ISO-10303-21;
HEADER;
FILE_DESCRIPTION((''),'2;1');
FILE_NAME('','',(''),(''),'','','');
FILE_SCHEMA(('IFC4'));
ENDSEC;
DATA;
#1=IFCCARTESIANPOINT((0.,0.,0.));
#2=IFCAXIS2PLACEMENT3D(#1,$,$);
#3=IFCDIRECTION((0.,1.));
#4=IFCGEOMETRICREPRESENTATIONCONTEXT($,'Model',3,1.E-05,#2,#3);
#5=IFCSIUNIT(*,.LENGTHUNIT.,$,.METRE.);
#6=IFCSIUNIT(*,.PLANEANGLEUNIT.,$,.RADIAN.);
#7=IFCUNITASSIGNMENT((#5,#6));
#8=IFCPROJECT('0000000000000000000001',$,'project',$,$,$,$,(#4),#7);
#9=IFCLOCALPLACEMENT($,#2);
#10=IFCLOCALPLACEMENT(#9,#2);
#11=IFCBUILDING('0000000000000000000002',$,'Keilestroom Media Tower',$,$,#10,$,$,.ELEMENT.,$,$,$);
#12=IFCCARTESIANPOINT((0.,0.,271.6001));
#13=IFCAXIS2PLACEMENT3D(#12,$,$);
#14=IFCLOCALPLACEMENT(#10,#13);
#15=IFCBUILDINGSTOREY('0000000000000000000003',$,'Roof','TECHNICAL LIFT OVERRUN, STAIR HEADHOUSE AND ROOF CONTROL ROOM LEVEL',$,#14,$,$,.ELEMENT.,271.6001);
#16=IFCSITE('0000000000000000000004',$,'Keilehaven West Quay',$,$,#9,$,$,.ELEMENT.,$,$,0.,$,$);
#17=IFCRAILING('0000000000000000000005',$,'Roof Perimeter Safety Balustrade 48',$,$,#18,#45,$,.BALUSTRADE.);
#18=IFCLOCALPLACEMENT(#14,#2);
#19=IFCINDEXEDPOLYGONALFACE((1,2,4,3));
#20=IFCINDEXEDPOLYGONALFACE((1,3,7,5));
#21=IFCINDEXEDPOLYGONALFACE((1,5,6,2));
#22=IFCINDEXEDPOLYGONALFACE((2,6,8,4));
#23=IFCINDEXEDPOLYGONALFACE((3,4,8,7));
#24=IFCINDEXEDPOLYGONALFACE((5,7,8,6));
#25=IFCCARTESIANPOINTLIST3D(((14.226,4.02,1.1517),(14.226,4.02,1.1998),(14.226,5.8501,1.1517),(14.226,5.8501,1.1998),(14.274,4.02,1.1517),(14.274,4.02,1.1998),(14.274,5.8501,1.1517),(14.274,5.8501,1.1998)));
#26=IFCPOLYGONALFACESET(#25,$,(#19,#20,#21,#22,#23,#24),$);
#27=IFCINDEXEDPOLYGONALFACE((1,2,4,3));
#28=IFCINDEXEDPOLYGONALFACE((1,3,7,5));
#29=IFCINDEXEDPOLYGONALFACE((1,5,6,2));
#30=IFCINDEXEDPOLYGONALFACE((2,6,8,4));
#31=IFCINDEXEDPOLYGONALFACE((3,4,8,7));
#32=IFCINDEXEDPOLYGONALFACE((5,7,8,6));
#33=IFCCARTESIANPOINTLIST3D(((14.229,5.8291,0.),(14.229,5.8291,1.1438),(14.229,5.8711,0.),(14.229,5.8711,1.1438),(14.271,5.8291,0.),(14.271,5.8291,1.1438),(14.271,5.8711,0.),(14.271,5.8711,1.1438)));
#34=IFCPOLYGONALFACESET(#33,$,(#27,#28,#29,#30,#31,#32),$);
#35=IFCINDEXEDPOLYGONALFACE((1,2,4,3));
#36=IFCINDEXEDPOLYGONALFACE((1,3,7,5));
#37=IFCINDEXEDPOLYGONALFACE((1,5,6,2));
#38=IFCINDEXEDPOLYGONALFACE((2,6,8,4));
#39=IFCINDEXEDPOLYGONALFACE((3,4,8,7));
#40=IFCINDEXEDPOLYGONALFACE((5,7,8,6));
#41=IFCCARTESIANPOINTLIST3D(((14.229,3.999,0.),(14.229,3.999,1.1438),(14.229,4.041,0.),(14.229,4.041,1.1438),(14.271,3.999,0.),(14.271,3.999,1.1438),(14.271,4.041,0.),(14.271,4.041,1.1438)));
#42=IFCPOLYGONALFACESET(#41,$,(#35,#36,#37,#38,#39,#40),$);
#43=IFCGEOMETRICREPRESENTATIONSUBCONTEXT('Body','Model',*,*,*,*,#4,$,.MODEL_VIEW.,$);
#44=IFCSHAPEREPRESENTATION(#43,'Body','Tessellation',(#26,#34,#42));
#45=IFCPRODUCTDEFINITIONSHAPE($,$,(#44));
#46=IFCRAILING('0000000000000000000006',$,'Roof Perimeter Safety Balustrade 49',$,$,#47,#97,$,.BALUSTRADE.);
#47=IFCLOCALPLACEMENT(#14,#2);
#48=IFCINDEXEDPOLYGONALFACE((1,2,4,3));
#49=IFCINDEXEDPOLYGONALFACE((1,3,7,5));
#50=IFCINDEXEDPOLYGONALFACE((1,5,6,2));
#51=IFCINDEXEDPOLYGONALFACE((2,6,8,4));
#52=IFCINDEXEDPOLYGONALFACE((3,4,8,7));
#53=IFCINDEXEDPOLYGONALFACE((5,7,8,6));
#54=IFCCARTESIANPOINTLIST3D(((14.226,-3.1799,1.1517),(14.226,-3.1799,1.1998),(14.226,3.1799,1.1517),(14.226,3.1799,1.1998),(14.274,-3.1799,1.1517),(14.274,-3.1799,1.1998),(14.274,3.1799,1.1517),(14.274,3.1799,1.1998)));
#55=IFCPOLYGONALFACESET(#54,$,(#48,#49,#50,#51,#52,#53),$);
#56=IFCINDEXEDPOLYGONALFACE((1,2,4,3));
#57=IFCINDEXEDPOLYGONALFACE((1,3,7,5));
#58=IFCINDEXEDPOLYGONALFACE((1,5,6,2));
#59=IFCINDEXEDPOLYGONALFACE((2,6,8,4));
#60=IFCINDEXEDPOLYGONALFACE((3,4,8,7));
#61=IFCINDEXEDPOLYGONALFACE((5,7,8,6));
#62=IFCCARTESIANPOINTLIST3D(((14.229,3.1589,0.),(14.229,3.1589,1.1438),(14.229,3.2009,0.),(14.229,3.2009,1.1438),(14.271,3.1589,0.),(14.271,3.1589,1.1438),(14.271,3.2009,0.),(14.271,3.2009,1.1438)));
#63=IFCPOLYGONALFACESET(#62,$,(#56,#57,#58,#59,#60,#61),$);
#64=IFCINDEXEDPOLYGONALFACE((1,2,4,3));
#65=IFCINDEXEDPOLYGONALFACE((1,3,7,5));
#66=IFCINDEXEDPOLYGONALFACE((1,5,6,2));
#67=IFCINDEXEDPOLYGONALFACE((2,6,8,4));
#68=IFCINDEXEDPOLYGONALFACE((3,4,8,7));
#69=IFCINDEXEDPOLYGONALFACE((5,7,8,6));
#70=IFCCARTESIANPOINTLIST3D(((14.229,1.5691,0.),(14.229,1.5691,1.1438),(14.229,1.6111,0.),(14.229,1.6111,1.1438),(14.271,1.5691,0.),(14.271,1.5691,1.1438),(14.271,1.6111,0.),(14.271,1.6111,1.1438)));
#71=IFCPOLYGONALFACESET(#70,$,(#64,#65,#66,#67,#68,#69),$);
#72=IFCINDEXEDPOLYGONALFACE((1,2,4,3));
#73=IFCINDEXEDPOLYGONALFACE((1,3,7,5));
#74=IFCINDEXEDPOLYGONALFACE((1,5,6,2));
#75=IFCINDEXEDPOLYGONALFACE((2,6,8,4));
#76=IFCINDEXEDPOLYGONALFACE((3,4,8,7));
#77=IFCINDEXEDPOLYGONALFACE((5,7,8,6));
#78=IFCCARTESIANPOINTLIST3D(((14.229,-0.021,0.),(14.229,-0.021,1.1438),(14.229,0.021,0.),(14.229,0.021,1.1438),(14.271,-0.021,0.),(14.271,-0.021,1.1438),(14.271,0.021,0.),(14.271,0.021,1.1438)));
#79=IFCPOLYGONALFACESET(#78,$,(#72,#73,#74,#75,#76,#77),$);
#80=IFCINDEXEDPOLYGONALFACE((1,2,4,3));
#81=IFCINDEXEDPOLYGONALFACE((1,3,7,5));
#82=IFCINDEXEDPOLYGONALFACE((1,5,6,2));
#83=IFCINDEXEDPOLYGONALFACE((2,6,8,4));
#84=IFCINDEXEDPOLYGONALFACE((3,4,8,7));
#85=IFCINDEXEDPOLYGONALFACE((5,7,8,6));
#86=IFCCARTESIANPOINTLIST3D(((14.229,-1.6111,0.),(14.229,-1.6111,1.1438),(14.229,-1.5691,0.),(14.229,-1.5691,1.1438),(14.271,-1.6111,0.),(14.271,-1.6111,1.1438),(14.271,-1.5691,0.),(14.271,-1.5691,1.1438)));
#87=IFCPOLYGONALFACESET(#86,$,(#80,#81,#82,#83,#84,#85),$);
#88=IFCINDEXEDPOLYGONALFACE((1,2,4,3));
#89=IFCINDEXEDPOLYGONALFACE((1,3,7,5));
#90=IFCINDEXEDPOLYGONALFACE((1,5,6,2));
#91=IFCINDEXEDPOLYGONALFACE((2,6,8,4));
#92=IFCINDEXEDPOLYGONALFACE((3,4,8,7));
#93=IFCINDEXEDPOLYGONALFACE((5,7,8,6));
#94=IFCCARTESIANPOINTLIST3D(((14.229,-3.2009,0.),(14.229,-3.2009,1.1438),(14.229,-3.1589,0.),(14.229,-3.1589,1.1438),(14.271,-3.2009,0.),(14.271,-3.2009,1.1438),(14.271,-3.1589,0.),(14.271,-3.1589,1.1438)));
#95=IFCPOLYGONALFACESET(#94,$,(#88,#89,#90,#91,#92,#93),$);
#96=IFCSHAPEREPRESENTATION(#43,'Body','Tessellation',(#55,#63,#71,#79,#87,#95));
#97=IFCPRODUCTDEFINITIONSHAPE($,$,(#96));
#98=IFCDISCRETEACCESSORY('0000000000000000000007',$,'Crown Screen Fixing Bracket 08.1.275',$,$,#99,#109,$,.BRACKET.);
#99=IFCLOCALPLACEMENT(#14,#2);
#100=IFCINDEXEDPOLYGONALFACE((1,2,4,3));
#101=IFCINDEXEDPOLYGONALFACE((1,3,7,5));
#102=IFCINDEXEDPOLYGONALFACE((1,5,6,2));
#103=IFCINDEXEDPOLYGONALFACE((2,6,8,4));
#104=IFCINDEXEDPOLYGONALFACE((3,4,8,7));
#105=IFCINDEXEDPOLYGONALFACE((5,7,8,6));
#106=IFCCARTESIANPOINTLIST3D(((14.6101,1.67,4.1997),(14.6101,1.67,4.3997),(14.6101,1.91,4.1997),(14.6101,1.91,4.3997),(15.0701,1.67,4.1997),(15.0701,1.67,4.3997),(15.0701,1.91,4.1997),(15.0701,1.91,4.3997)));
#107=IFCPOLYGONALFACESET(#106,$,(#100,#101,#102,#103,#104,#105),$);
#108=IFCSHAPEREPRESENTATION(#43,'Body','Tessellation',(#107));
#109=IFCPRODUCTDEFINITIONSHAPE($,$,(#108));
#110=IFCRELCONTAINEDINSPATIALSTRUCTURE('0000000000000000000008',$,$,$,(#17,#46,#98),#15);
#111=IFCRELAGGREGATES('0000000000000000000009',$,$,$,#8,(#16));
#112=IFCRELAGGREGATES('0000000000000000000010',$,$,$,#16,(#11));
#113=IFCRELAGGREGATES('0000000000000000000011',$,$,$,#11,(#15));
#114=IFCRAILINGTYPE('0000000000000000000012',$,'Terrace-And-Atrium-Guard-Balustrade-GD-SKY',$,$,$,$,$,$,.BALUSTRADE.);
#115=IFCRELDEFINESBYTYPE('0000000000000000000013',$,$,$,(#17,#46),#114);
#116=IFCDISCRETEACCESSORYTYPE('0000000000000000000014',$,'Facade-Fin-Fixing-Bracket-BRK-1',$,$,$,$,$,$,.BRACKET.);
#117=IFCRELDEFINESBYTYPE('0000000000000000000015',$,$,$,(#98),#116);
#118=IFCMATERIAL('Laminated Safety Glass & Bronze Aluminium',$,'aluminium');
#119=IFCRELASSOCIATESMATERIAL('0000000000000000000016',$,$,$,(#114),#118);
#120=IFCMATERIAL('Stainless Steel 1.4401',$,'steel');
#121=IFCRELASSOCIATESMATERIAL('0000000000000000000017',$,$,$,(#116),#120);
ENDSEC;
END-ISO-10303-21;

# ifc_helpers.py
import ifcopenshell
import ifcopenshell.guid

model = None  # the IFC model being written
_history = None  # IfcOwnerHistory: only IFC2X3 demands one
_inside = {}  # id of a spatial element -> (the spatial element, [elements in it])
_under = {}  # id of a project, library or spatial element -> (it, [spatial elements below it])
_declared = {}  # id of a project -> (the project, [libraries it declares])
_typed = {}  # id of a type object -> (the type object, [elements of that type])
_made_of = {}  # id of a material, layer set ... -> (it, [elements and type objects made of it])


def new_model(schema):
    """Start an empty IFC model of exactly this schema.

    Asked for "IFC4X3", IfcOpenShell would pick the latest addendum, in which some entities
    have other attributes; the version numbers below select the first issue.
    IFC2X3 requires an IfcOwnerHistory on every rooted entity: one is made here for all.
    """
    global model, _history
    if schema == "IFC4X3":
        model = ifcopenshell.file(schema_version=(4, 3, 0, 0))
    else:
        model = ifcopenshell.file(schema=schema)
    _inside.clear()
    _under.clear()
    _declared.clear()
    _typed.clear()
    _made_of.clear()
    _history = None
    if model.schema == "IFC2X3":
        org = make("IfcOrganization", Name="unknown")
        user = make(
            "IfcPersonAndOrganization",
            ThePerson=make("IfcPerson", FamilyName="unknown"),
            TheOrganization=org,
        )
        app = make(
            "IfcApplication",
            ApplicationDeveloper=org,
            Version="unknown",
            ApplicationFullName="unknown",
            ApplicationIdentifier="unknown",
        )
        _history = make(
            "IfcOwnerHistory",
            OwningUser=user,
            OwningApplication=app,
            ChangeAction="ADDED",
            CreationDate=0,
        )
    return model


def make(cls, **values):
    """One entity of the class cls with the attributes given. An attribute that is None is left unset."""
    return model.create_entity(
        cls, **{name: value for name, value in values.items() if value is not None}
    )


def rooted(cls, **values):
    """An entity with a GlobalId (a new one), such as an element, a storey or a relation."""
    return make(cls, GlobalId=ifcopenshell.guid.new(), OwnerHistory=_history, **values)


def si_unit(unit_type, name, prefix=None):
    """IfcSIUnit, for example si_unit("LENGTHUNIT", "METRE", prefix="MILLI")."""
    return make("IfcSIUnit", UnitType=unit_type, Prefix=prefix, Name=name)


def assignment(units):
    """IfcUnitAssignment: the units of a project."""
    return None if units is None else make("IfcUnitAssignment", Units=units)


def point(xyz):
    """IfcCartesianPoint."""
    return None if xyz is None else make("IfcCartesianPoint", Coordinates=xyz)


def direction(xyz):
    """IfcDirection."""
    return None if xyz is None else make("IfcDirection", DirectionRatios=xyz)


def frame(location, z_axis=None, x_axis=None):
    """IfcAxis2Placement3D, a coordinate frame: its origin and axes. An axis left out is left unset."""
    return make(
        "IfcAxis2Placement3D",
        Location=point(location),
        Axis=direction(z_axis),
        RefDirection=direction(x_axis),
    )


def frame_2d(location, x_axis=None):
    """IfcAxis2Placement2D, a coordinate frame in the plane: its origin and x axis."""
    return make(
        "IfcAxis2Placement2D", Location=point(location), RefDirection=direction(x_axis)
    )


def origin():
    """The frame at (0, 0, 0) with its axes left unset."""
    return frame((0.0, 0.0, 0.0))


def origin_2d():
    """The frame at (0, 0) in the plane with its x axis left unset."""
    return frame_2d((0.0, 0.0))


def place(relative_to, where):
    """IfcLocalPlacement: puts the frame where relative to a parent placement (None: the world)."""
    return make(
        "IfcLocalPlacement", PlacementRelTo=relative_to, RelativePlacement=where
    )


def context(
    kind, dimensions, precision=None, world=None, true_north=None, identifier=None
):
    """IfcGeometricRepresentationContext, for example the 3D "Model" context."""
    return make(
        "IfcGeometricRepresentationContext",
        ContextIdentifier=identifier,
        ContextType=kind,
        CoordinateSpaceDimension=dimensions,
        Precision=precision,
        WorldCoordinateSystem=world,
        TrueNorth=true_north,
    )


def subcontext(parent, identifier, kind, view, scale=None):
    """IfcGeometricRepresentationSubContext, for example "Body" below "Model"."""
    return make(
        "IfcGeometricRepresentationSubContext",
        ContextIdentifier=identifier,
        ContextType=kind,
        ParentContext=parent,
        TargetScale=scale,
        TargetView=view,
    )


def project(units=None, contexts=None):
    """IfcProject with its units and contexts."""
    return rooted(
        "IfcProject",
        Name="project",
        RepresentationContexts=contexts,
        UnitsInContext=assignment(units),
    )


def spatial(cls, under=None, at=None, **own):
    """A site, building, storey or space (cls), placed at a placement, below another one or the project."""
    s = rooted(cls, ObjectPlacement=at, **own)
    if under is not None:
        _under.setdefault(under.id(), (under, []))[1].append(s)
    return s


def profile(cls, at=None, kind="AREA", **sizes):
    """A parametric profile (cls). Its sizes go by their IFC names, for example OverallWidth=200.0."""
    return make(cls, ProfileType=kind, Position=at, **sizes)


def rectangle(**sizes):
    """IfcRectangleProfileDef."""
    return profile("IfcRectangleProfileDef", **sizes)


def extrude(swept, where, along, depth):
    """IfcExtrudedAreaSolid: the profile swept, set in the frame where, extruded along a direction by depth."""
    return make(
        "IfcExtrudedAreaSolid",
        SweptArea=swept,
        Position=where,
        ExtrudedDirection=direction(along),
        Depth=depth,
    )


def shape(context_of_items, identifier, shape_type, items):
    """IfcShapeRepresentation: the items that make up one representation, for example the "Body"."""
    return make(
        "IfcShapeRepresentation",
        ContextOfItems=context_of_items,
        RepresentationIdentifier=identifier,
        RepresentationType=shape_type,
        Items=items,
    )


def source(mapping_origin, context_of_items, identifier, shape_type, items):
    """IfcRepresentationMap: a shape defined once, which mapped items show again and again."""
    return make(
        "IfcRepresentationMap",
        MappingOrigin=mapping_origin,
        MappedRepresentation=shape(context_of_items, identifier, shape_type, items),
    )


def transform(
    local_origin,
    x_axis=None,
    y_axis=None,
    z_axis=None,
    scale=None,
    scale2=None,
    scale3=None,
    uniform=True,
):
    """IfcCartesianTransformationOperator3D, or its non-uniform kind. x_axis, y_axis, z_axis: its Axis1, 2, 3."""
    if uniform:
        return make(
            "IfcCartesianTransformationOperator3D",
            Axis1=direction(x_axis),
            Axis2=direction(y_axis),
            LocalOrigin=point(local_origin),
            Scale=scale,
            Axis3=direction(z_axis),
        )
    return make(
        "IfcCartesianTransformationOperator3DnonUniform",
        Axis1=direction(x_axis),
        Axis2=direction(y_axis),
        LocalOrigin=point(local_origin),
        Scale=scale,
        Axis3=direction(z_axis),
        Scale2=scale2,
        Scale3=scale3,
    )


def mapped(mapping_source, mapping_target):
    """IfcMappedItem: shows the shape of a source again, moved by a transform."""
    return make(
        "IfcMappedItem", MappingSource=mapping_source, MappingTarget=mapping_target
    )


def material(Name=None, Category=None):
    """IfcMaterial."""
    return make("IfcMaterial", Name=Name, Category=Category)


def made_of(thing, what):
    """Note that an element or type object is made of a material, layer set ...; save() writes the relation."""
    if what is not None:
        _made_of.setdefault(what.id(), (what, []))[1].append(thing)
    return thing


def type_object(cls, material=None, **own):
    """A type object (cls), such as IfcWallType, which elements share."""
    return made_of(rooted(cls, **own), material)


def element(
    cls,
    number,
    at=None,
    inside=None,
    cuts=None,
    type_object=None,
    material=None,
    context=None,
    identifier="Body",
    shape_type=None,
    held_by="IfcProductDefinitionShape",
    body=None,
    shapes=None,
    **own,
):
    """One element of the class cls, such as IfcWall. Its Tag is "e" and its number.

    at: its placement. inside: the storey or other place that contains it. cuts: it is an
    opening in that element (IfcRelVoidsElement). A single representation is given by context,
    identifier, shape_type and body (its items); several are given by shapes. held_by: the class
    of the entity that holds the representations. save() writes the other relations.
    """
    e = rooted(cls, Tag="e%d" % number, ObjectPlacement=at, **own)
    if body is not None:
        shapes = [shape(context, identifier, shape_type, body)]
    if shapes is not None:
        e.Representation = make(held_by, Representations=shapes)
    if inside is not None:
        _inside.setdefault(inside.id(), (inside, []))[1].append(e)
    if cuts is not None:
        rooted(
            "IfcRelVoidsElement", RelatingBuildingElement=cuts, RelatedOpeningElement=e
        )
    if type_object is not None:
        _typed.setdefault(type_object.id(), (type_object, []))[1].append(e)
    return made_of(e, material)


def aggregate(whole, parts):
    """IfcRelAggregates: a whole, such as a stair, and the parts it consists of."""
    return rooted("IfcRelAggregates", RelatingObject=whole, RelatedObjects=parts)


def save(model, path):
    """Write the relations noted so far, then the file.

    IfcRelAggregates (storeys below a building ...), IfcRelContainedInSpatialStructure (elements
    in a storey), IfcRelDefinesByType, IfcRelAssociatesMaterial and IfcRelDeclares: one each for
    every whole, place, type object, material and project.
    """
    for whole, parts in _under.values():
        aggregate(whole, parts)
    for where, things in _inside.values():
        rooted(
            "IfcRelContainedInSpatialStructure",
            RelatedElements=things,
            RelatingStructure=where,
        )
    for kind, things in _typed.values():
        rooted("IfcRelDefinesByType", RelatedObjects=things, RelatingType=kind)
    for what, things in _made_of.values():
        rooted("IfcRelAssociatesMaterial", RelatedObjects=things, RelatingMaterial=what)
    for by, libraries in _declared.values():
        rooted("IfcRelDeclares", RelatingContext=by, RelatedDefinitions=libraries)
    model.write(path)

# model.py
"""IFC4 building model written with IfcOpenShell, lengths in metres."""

from ifc_helpers import new_model, si_unit, direction, frame, origin, origin_2d, place, context, subcontext, project, spatial, rectangle, extrude, source, transform, mapped, material, type_object, element, save


model = new_model("IFC4")

# Units and contexts
model_context = context("Model", 3, precision=1e-05, world=origin(), true_north=direction((0.0, 1.0)))
body_context = subcontext(model_context, "Body", "Model", "MODEL_VIEW")
ifc_project = project(units=[si_unit("LENGTHUNIT", "METRE"), si_unit("PLANEANGLEUNIT", "RADIAN")], contexts=[model_context])

# Site, building, storey
site_placement = place(None, origin())
site = spatial("IfcSite", under=ifc_project, at=site_placement, Name="Keilehaven West Quay", CompositionType="ELEMENT", RefElevation=0.0)
building_placement = place(site_placement, origin())
building = spatial("IfcBuilding", under=site, at=building_placement, Name="Keilestroom Media Tower", CompositionType="ELEMENT")
storey_placement = place(building_placement, frame((0.0, 0.0, 271.6001)))
storey = spatial("IfcBuildingStorey", under=building, at=storey_placement, Name="Roof", Description="TECHNICAL LIFT OVERRUN, STAIR HEADHOUSE AND ROOF CONTROL ROOM LEVEL", CompositionType="ELEMENT", Elevation=271.6001)

# Railings
ifc_material_1 = material(Name="Laminated Safety Glass & Bronze Aluminium", Category="aluminium")
railing_type_1 = type_object("IfcRailingType", Name="Terrace-And-Atrium-Guard-Balustrade-GD-SKY", PredefinedType="BALUSTRADE", material=ifc_material_1)
railing_1_placement = place(storey_placement, frame((14.25, 5.8501, 0.0)))
element("IfcRailing", 1, at=railing_1_placement, inside=storey, type_object=railing_type_1, Name="Roof Perimeter Safety Balustrade 48", PredefinedType="BALUSTRADE", context=body_context, shape_type="SweptSolid", body=[
    extrude(rectangle(XDim=0.0481, YDim=0.0481, at=origin_2d()), frame((0.0, 0.0, 1.1758), z_axis=(0.0, -1.0, 0.0), x_axis=(1.0, 0.0, 0.0)), (0.0, 0.0, 1.0), 1.8301),
    extrude(rectangle(XDim=0.042, YDim=0.042, at=origin_2d()), origin(), (0.0, 0.0, 1.0), 1.1438),
    extrude(rectangle(XDim=0.042, YDim=0.042, at=origin_2d()), frame((0.0, -1.8301, 0.0)), (0.0, 0.0, 1.0), 1.1438),
])
railing_2_placement = place(storey_placement, frame((14.25, 3.1799, 0.0)))
element("IfcRailing", 2, at=railing_2_placement, inside=storey, type_object=railing_type_1, Name="Roof Perimeter Safety Balustrade 49", PredefinedType="BALUSTRADE", context=body_context, shape_type="SweptSolid", body=[
    extrude(rectangle(XDim=0.0481, YDim=0.0481, at=origin_2d()), frame((0.0, 0.0, 1.1758), z_axis=(0.0, -1.0, 0.0), x_axis=(1.0, 0.0, 0.0)), (0.0, 0.0, 1.0), 6.3599),
    extrude(rectangle(XDim=0.042, YDim=0.042, at=origin_2d()), origin(), (0.0, 0.0, 1.0), 1.1438),
    extrude(rectangle(XDim=0.042, YDim=0.042, at=origin_2d()), frame((0.0, -1.5898, 0.0)), (0.0, 0.0, 1.0), 1.1438),
    extrude(rectangle(XDim=0.042, YDim=0.042, at=origin_2d()), frame((0.0, -3.1799, 0.0)), (0.0, 0.0, 1.0), 1.1438),
    extrude(rectangle(XDim=0.042, YDim=0.042, at=origin_2d()), frame((0.0, -4.77, 0.0)), (0.0, 0.0, 1.0), 1.1438),
    extrude(rectangle(XDim=0.042, YDim=0.042, at=origin_2d()), frame((0.0, -6.3599, 0.0)), (0.0, 0.0, 1.0), 1.1438),
])

# Discrete accessory
ifc_material_2 = material(Name="Stainless Steel 1.4401", Category="steel")
discrete_accessory_type = type_object("IfcDiscreteAccessoryType", Name="Facade-Fin-Fixing-Bracket-BRK-1", PredefinedType="BRACKET", material=ifc_material_2)
shared_shape_1 = source(origin(), body_context, "Body", "SweptSolid", [
    extrude(rectangle(XDim=0.24, YDim=0.46, at=origin_2d()), origin(), (0.0, 0.0, 1.0), 0.2),
])
discrete_accessory_placement = place(storey_placement, frame((14.8401, 1.79, 4.1997), z_axis=(0.0, 0.0, 1.0), x_axis=(0.0, -1.0, 0.0)))
element("IfcDiscreteAccessory", 3, at=discrete_accessory_placement, inside=storey, type_object=discrete_accessory_type, Name="Crown Screen Fixing Bracket 08.1.275", PredefinedType="BRACKET", context=body_context, shape_type="MappedRepresentation", body=[
    mapped(shared_shape_1, transform((0.0, 0.0, 0.0), x_axis=(1.0, 0.0, 0.0), y_axis=(0.0, 1.0, 0.0), z_axis=(0.0, 0.0, 1.0), scale=1.0)),
])

save(model, "model.ifc")
